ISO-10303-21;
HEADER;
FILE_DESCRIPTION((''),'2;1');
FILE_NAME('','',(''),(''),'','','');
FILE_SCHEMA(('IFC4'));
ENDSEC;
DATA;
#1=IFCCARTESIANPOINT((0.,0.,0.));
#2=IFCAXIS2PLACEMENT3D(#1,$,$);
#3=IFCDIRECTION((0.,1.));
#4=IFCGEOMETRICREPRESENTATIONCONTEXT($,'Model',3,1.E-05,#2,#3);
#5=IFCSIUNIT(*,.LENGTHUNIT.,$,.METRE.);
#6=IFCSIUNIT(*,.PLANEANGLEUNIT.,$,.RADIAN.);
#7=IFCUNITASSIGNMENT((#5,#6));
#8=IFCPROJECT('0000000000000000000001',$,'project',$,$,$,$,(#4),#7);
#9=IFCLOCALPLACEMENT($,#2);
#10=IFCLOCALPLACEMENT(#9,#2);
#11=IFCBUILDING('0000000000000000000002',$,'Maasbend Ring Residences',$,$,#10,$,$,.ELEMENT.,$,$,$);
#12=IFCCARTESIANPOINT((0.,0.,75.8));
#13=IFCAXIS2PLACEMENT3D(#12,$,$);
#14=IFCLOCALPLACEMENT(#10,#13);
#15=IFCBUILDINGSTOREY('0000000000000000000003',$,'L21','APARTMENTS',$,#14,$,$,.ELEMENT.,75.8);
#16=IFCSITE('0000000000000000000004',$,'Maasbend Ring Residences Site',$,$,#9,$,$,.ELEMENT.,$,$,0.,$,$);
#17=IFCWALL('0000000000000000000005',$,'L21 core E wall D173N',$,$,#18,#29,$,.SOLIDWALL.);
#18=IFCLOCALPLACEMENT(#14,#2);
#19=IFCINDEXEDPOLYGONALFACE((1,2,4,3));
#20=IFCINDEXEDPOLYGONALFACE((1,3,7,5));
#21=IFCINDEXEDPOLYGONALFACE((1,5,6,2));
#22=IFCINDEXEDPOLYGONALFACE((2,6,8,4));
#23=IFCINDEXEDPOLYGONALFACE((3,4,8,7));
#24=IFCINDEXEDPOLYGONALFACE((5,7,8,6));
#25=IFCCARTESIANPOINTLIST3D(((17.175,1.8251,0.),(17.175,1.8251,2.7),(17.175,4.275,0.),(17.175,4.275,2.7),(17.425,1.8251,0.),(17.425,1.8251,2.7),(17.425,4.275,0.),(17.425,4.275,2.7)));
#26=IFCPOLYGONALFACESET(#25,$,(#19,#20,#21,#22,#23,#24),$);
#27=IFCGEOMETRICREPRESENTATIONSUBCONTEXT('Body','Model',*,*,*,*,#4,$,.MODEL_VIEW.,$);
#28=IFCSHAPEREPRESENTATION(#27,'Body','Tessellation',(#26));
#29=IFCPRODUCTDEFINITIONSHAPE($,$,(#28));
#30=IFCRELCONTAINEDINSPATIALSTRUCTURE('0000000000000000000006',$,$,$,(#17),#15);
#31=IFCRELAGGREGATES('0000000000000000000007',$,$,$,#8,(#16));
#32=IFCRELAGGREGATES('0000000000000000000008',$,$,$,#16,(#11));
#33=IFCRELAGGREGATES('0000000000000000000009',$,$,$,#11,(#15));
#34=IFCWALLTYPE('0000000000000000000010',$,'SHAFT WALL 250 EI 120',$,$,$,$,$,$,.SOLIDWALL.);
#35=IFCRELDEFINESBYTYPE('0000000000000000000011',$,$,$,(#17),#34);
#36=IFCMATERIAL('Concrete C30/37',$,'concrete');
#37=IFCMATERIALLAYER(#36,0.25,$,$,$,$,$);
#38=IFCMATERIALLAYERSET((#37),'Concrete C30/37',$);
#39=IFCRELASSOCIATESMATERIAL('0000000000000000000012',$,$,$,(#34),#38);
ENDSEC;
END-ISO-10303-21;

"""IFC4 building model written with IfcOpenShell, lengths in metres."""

from ifc_helpers import new_model, si_unit, direction, frame, frame_2d, origin, place, context, subcontext, project, spatial, rectangle, extrude, material, layer, layer_set, type_object, element, save


model = new_model("IFC4")

# Units and contexts
model_context = context("Model", 3, precision=1e-05, world=origin(), true_north=direction((0.0, 1.0)))
body_context = subcontext(model_context, "Body", "Model", "MODEL_VIEW")
ifc_project = project(units=[si_unit("LENGTHUNIT", "METRE"), si_unit("PLANEANGLEUNIT", "RADIAN")], contexts=[model_context])

# Site, building, storey
site_placement = place(None, origin())
site = spatial("IfcSite", under=ifc_project, at=site_placement, Name="Maasbend Ring Residences Site", CompositionType="ELEMENT", RefElevation=0.0)
building_placement = place(site_placement, origin())
building = spatial("IfcBuilding", under=site, at=building_placement, Name="Maasbend Ring Residences", CompositionType="ELEMENT")
storey_placement = place(building_placement, frame((0.0, 0.0, 75.8)))
storey = spatial("IfcBuildingStorey", under=building, at=storey_placement, Name="L21", Description="APARTMENTS", CompositionType="ELEMENT", Elevation=75.8)

# Wall
ifc_material_1 = material(Name="Concrete C30/37", Category="concrete")
ifc_layer_1 = layer(ifc_material_1, 0.25)
ifc_layer_set_1 = layer_set([ifc_layer_1], Name="Concrete C30/37")
wall_type_1 = type_object("IfcWallType", Name="SHAFT WALL 250 EI 120", PredefinedType="SOLIDWALL", material=ifc_layer_set_1)
wall_1_placement = place(storey_placement, frame((17.3, 1.825, 0.0), z_axis=(0.0, 0.0, 1.0), x_axis=(0.0, 1.0, 0.0)))
element("IfcWall", 1, at=wall_1_placement, inside=storey, type_object=wall_type_1, Name="L21 core E wall D173N", PredefinedType="SOLIDWALL", context=body_context, shape_type="SweptSolid", body=[
    extrude(rectangle(XDim=2.45, YDim=0.25, at=frame_2d((1.2251, 0.0))), origin(), (0.0, 0.0, 1.0), 2.7),
])

save(model, "model.ifc")
